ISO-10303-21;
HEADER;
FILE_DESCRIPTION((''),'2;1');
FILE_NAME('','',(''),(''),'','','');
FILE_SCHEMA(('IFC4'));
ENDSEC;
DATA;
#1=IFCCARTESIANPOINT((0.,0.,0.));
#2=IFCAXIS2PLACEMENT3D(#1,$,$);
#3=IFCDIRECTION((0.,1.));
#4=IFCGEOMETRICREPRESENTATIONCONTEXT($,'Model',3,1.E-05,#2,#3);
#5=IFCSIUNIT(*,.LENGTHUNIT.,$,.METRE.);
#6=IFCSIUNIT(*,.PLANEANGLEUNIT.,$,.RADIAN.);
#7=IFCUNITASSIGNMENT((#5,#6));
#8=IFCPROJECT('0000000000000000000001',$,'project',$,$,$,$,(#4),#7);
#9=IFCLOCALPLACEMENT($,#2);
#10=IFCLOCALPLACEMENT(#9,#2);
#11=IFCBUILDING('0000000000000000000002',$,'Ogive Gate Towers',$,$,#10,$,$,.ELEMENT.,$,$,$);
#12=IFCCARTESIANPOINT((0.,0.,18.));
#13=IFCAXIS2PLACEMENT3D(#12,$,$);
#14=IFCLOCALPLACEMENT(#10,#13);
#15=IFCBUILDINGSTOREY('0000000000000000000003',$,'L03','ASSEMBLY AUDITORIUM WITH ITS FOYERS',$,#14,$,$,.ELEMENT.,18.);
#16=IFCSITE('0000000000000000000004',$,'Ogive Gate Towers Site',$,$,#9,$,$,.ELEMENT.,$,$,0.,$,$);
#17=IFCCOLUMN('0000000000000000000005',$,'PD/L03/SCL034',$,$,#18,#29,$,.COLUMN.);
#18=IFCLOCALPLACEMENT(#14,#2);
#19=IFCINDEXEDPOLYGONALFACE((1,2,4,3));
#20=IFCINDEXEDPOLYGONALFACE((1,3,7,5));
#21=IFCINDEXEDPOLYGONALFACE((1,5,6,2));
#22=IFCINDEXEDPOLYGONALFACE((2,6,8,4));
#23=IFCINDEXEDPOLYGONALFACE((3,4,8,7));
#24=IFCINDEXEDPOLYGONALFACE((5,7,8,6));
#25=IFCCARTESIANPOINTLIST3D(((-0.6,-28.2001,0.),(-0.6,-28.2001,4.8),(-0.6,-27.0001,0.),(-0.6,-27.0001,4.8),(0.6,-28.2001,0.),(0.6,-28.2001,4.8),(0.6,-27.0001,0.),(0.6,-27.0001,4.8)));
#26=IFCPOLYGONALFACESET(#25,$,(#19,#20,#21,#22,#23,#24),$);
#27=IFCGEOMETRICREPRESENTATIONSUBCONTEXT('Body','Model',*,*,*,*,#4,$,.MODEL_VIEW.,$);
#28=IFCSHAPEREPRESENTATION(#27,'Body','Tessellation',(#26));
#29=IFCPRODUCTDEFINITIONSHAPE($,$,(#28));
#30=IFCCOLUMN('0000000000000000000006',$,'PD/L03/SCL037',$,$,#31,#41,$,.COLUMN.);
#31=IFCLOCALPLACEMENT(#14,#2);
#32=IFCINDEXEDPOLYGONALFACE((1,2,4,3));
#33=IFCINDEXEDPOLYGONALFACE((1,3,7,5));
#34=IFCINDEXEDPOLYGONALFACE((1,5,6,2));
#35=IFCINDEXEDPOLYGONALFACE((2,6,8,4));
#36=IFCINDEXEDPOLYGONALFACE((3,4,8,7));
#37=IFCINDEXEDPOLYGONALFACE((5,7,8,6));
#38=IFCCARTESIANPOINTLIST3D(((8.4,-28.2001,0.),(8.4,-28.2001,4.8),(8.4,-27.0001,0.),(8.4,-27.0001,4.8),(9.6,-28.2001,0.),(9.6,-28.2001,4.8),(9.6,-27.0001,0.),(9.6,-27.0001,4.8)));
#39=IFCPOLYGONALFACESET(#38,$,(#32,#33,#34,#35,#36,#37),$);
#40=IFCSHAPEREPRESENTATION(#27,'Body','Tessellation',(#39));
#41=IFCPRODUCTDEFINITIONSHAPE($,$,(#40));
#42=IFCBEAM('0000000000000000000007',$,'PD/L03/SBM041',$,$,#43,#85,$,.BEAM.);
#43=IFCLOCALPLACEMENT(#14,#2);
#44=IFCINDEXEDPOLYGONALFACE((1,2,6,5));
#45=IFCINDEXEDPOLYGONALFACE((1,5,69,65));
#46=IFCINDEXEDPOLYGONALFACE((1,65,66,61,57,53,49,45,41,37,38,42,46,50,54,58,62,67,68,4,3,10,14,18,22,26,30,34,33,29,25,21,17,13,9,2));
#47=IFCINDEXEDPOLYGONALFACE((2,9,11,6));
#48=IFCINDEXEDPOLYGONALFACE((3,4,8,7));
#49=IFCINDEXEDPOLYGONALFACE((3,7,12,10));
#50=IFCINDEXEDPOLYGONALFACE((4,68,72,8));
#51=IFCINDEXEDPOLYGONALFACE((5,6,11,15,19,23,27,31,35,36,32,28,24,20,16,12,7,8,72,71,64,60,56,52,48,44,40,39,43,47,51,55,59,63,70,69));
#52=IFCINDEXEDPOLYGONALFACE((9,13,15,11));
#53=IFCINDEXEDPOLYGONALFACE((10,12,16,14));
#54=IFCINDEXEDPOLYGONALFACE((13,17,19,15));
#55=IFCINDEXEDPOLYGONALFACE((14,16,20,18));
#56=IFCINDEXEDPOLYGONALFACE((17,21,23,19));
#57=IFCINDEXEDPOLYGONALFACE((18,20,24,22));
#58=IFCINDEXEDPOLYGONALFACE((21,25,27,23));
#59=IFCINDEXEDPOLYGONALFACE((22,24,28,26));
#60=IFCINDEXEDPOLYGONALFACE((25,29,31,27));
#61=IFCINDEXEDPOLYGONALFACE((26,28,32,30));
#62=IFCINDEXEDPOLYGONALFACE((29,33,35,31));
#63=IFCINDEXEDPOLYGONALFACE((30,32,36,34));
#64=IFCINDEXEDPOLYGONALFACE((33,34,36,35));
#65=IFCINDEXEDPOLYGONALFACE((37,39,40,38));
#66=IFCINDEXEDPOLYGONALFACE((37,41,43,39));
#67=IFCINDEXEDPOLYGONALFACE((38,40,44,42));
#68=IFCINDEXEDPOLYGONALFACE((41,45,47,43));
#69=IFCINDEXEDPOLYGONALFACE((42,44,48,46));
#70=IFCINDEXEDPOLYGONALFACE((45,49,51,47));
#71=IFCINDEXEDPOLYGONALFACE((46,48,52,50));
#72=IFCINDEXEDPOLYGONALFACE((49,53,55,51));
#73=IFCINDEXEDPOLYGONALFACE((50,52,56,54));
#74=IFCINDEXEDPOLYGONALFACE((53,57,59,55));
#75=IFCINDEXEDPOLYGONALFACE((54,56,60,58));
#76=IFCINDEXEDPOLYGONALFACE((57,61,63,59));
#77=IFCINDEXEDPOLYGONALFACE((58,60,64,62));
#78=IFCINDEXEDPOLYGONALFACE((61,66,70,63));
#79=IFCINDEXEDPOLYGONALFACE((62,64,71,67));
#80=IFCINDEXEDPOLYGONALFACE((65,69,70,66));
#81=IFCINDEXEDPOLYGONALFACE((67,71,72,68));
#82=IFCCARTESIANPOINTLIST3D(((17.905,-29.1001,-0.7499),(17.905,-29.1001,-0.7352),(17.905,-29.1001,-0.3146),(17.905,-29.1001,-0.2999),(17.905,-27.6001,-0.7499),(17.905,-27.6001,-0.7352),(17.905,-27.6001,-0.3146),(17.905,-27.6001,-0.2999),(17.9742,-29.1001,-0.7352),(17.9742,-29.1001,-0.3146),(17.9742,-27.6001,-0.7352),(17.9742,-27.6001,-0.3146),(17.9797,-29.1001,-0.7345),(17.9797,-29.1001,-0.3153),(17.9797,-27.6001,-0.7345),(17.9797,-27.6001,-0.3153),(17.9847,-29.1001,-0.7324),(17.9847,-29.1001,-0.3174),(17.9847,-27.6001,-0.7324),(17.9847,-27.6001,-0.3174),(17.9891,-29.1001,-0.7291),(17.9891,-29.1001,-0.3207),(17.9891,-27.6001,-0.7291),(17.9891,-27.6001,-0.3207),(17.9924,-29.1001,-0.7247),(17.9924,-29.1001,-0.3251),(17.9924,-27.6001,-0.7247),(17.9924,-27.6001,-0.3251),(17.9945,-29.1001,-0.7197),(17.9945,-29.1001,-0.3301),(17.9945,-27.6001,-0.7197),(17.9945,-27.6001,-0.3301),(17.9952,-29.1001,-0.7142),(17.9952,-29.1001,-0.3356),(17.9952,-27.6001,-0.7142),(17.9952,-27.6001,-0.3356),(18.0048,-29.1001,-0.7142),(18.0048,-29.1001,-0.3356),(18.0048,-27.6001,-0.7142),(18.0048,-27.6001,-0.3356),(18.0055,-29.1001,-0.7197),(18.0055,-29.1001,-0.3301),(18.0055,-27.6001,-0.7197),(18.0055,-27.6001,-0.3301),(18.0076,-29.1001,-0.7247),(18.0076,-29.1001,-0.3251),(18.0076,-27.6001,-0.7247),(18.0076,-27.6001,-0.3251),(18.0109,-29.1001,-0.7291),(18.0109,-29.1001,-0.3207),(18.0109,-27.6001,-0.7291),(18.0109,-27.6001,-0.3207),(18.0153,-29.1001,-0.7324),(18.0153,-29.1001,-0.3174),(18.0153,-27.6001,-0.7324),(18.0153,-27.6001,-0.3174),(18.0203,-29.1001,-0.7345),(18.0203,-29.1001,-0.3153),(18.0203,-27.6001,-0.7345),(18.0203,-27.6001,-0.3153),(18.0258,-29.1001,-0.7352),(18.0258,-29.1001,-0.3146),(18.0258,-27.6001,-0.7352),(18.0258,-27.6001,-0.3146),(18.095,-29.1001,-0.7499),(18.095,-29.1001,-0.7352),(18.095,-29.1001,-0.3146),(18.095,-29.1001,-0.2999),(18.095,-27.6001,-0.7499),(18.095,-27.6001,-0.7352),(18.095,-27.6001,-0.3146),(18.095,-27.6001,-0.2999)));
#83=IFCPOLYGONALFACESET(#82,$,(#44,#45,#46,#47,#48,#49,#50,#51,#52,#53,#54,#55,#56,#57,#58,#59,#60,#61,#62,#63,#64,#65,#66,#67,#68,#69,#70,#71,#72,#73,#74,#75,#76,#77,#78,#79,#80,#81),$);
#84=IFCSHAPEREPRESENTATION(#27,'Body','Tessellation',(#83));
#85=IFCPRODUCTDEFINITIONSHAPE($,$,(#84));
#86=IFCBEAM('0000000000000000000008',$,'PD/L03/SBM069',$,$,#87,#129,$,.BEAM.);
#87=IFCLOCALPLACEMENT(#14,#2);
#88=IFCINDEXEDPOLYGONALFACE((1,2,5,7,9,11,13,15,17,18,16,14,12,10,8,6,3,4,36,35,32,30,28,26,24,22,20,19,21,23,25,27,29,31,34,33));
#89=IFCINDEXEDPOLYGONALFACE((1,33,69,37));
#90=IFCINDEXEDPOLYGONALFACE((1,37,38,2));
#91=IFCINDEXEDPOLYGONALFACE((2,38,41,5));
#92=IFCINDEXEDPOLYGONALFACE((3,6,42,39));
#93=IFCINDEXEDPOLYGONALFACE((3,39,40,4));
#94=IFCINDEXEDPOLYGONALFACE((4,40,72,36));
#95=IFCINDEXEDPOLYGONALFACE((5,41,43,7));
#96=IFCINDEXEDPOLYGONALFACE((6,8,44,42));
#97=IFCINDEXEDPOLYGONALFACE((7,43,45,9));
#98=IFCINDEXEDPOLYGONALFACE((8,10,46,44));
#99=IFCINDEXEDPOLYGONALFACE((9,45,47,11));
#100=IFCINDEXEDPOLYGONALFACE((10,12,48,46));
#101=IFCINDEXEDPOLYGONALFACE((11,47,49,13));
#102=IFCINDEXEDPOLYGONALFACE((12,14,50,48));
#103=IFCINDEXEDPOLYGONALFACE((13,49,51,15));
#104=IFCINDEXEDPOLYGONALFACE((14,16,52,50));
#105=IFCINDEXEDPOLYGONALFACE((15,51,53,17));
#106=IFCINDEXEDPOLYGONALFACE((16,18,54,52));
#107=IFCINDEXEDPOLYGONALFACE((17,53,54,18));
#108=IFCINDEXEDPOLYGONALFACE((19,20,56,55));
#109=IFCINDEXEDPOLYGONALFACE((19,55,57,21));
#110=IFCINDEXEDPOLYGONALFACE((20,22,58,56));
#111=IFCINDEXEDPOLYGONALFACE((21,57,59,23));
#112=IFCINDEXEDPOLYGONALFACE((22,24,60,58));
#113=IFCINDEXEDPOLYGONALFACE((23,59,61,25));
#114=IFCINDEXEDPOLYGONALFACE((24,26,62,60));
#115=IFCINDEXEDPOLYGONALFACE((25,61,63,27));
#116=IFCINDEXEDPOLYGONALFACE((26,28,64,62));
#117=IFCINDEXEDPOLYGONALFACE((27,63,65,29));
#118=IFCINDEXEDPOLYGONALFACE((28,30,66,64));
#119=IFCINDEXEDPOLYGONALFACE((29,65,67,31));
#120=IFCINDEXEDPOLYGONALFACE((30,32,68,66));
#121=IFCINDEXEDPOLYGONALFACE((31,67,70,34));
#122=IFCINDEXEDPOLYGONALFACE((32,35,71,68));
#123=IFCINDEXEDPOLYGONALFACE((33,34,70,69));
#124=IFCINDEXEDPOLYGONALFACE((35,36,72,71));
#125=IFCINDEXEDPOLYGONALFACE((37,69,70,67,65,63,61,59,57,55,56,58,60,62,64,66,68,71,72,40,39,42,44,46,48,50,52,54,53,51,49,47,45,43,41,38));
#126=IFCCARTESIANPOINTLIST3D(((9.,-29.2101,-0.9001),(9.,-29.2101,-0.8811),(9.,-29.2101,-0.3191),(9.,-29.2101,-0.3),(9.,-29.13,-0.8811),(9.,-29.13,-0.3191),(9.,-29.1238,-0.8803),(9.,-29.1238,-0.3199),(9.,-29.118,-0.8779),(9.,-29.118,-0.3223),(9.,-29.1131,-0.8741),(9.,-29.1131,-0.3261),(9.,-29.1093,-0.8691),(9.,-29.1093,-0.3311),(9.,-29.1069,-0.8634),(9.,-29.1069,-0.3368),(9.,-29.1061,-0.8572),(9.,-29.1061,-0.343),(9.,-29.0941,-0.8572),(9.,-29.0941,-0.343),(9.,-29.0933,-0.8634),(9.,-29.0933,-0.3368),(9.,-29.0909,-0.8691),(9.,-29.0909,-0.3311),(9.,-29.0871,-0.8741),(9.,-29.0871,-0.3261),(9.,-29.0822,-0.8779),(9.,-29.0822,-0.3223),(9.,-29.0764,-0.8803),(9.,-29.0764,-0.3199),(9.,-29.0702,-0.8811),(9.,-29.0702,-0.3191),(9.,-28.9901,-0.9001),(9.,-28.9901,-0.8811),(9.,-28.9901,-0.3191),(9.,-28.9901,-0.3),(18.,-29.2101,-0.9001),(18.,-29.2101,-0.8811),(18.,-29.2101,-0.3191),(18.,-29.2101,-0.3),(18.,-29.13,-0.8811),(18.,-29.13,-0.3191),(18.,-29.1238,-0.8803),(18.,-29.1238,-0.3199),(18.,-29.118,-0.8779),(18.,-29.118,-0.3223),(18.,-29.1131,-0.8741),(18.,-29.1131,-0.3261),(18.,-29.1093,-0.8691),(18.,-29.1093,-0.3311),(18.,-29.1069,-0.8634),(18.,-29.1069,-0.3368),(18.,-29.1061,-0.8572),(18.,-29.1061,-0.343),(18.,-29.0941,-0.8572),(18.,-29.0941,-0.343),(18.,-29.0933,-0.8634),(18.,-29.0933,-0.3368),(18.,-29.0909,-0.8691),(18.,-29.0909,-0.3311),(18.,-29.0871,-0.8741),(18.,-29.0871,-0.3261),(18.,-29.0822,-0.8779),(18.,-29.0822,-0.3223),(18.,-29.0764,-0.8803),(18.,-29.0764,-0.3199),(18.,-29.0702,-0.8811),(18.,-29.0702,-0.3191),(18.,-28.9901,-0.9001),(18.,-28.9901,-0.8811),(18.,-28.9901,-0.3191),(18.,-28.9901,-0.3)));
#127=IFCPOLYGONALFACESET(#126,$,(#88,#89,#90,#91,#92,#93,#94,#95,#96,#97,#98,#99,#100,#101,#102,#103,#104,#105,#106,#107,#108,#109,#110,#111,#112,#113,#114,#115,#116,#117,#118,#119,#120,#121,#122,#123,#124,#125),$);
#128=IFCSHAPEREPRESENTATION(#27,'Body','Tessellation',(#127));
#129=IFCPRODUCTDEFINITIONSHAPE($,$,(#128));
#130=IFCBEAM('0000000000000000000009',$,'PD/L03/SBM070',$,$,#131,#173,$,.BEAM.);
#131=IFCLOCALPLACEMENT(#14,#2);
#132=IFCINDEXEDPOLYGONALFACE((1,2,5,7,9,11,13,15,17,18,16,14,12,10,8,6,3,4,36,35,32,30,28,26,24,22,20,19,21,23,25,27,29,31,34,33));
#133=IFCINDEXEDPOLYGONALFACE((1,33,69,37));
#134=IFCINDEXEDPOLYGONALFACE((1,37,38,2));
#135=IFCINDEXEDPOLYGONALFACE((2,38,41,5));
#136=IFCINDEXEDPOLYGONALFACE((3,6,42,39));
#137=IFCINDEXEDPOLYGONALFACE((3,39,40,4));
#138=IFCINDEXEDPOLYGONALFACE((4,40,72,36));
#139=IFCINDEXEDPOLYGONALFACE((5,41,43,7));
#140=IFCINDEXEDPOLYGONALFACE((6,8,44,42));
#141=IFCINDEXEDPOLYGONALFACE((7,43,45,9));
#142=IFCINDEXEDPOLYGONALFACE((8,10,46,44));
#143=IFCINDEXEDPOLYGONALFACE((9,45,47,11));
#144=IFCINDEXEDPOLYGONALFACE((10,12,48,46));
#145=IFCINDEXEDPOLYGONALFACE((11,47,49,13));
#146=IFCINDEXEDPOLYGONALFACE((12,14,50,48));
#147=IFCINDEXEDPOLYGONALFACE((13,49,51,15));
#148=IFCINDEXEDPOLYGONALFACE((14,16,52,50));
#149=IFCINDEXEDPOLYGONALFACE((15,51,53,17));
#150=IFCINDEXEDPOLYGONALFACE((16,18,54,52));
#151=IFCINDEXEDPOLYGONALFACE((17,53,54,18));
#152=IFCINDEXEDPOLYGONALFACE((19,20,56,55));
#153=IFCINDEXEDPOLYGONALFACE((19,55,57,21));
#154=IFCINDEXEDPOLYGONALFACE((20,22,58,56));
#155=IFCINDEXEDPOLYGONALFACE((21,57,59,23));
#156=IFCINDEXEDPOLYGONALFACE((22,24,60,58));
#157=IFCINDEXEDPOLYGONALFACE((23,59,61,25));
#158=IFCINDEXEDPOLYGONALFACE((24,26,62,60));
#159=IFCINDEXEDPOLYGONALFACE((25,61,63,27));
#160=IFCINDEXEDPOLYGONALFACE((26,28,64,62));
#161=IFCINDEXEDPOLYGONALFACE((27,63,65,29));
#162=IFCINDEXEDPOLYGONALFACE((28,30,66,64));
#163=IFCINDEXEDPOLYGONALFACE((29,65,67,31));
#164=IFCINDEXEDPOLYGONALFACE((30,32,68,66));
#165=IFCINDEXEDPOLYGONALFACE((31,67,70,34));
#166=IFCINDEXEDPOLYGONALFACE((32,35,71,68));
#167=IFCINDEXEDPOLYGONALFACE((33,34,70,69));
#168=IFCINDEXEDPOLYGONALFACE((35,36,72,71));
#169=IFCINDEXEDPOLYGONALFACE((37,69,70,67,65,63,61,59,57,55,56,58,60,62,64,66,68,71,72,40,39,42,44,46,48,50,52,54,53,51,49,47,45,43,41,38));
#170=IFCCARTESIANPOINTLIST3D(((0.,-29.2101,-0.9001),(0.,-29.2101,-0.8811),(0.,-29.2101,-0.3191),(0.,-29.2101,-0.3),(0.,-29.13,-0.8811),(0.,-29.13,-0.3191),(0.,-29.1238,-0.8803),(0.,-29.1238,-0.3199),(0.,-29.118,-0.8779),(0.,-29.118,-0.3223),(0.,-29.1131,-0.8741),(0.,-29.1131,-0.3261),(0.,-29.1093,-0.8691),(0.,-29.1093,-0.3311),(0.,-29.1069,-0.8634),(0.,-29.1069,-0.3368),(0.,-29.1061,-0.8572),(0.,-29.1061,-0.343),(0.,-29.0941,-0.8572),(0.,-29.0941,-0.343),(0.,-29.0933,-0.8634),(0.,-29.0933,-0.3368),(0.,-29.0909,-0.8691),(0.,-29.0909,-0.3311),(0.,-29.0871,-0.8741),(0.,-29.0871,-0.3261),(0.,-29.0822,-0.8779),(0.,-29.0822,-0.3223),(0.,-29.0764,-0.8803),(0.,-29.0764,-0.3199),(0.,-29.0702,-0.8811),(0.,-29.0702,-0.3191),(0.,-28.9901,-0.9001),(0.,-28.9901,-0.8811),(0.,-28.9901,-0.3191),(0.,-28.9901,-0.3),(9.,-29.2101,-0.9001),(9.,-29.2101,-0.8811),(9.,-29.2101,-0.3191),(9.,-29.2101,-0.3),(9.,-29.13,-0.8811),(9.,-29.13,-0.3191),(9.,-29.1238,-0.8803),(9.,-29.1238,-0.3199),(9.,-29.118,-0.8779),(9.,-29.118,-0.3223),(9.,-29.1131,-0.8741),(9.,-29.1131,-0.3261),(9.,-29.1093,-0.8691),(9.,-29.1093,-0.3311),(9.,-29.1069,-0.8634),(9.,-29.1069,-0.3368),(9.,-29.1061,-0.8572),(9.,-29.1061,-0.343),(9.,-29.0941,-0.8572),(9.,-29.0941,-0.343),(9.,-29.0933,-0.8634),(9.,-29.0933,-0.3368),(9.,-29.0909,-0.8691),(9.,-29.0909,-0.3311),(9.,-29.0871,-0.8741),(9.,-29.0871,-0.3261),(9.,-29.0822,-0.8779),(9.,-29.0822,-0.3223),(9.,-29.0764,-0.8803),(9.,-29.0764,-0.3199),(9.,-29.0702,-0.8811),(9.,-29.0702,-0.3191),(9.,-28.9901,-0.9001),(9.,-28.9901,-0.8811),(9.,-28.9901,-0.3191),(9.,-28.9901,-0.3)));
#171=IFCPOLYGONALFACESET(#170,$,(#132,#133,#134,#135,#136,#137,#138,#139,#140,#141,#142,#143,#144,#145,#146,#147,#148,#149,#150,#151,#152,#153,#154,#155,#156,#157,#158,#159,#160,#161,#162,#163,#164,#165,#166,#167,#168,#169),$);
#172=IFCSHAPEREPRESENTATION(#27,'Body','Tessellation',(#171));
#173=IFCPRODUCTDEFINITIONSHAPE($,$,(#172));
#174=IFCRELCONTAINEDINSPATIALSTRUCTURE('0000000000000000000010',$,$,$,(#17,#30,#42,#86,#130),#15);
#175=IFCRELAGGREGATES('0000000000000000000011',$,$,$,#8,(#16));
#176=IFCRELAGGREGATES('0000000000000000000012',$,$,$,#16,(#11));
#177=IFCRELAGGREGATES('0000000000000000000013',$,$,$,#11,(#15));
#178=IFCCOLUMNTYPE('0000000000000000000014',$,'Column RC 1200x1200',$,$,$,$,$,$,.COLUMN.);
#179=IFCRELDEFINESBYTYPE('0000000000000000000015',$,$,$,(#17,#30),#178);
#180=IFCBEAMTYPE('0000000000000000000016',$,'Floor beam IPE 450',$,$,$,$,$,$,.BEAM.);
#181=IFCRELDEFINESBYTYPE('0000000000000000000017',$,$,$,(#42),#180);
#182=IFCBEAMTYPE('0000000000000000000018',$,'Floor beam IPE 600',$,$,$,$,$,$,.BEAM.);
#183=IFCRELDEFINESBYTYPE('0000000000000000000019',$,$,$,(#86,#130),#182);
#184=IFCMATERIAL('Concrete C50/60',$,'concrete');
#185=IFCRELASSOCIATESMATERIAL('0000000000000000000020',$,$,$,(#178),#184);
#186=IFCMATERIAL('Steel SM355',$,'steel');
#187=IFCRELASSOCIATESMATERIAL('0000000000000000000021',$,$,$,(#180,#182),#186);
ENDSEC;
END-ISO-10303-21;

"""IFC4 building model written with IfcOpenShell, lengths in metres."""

from ifc_helpers import new_model, si_unit, direction, frame, origin, origin_2d, place, context, subcontext, project, spatial, rectangle, i_section, extrude, material, material_profile, profile_set, type_object, element, save


model = new_model("IFC4")

# Units and contexts
model_context = context("Model", 3, precision=1e-05, world=origin(), true_north=direction((0.0, 1.0)))
body_context = subcontext(model_context, "Body", "Model", "MODEL_VIEW")
ifc_project = project(units=[si_unit("LENGTHUNIT", "METRE"), si_unit("PLANEANGLEUNIT", "RADIAN")], contexts=[model_context])

# Site, building, storey
site_placement = place(None, origin())
site = spatial("IfcSite", under=ifc_project, at=site_placement, Name="Ogive Gate Towers Site", CompositionType="ELEMENT", RefElevation=0.0)
building_placement = place(site_placement, origin())
building = spatial("IfcBuilding", under=site, at=building_placement, Name="Ogive Gate Towers", CompositionType="ELEMENT")
storey_placement = place(building_placement, frame((0.0, 0.0, 18.0)))
storey = spatial("IfcBuildingStorey", under=building, at=storey_placement, Name="L03", Description="ASSEMBLY AUDITORIUM WITH ITS FOYERS", CompositionType="ELEMENT", Elevation=18.0)

# Columns
ifc_material_1 = material(Name="Concrete C50/60", Category="concrete")
ifc_material_profile_1 = material_profile(ifc_material_1, rectangle(XDim=1.2, YDim=1.2, at=origin_2d()), Name="RC 1200x1200")
ifc_profile_set_1 = profile_set([ifc_material_profile_1], Name="Concrete C50/60")
column_type = type_object("IfcColumnType", Name="Column RC 1200x1200", PredefinedType="COLUMN", material=ifc_profile_set_1)
for number, where, z_axis, x_axis, name in (
    (1, (0.0, -27.6001, 0.0), (0.0, 0.0, 1.0), (1.0, 0.0, 0.0), "PD/L03/SCL034"),
    (2, (9.0, -27.6001, 0.0), (0.0, 0.0, 1.0), (1.0, 0.0, 0.0), "PD/L03/SCL037"),
):
    element("IfcColumn", number, at=place(storey_placement, frame(where, z_axis=z_axis, x_axis=x_axis)), inside=storey, type_object=column_type, Name=name, PredefinedType="COLUMN", context=body_context, shape_type="SweptSolid", body=[
        extrude(rectangle(XDim=1.2, YDim=1.2, at=origin_2d()), origin(), (0.0, 0.0, 1.0), 4.8),
    ])

# Beams
ifc_material_2 = material(Name="Steel SM355", Category="steel")
ifc_material_profile_2 = material_profile(ifc_material_2, i_section(OverallWidth=0.1899, OverallDepth=0.45, WebThickness=0.0095, FlangeThickness=0.0146, FilletRadius=0.021, at=origin_2d()), Name="IPE 450")
ifc_profile_set_2 = profile_set([ifc_material_profile_2], Name="Steel SM355")
beam_type_1 = type_object("IfcBeamType", Name="Floor beam IPE 450", PredefinedType="BEAM", material=ifc_profile_set_2)
beam_placement = place(storey_placement, frame((18.0, -29.1001, -0.5249), z_axis=(0.0, 1.0, 0.0), x_axis=(-1.0, 0.0, 0.0)))
element("IfcBeam", 3, at=beam_placement, inside=storey, type_object=beam_type_1, Name="PD/L03/SBM041", PredefinedType="BEAM", context=body_context, shape_type="SweptSolid", body=[
    extrude(i_section(OverallWidth=0.1899, OverallDepth=0.45, WebThickness=0.0095, FlangeThickness=0.0146, FilletRadius=0.021, at=origin_2d()), origin(), (0.0, 0.0, 1.0), 1.5),
])
ifc_material_profile_3 = material_profile(ifc_material_2, i_section(OverallWidth=0.22, OverallDepth=0.6001, WebThickness=0.012, FlangeThickness=0.019, FilletRadius=0.0239, at=origin_2d()), Name="IPE 600")
ifc_profile_set_3 = profile_set([ifc_material_profile_3], Name="Steel SM355")
beam_type_2 = type_object("IfcBeamType", Name="Floor beam IPE 600", PredefinedType="BEAM", material=ifc_profile_set_3)
for number, where, z_axis, x_axis, name in (
    (4, (18.0, -29.1001, -0.6001), (-1.0, 0.0, 0.0), (0.0, -1.0, 0.0), "PD/L03/SBM069"),
    (5, (9.0, -29.1001, -0.6001), (-1.0, 0.0, 0.0), (0.0, -1.0, 0.0), "PD/L03/SBM070"),
):
    element("IfcBeam", number, at=place(storey_placement, frame(where, z_axis=z_axis, x_axis=x_axis)), inside=storey, type_object=beam_type_2, Name=name, PredefinedType="BEAM", context=body_context, shape_type="SweptSolid", body=[
        extrude(i_section(OverallWidth=0.22, OverallDepth=0.6001, WebThickness=0.012, FlangeThickness=0.019, FilletRadius=0.0239, at=origin_2d()), origin(), (0.0, 0.0, 1.0), 9.0),
    ])

save(model, "model.ifc")
